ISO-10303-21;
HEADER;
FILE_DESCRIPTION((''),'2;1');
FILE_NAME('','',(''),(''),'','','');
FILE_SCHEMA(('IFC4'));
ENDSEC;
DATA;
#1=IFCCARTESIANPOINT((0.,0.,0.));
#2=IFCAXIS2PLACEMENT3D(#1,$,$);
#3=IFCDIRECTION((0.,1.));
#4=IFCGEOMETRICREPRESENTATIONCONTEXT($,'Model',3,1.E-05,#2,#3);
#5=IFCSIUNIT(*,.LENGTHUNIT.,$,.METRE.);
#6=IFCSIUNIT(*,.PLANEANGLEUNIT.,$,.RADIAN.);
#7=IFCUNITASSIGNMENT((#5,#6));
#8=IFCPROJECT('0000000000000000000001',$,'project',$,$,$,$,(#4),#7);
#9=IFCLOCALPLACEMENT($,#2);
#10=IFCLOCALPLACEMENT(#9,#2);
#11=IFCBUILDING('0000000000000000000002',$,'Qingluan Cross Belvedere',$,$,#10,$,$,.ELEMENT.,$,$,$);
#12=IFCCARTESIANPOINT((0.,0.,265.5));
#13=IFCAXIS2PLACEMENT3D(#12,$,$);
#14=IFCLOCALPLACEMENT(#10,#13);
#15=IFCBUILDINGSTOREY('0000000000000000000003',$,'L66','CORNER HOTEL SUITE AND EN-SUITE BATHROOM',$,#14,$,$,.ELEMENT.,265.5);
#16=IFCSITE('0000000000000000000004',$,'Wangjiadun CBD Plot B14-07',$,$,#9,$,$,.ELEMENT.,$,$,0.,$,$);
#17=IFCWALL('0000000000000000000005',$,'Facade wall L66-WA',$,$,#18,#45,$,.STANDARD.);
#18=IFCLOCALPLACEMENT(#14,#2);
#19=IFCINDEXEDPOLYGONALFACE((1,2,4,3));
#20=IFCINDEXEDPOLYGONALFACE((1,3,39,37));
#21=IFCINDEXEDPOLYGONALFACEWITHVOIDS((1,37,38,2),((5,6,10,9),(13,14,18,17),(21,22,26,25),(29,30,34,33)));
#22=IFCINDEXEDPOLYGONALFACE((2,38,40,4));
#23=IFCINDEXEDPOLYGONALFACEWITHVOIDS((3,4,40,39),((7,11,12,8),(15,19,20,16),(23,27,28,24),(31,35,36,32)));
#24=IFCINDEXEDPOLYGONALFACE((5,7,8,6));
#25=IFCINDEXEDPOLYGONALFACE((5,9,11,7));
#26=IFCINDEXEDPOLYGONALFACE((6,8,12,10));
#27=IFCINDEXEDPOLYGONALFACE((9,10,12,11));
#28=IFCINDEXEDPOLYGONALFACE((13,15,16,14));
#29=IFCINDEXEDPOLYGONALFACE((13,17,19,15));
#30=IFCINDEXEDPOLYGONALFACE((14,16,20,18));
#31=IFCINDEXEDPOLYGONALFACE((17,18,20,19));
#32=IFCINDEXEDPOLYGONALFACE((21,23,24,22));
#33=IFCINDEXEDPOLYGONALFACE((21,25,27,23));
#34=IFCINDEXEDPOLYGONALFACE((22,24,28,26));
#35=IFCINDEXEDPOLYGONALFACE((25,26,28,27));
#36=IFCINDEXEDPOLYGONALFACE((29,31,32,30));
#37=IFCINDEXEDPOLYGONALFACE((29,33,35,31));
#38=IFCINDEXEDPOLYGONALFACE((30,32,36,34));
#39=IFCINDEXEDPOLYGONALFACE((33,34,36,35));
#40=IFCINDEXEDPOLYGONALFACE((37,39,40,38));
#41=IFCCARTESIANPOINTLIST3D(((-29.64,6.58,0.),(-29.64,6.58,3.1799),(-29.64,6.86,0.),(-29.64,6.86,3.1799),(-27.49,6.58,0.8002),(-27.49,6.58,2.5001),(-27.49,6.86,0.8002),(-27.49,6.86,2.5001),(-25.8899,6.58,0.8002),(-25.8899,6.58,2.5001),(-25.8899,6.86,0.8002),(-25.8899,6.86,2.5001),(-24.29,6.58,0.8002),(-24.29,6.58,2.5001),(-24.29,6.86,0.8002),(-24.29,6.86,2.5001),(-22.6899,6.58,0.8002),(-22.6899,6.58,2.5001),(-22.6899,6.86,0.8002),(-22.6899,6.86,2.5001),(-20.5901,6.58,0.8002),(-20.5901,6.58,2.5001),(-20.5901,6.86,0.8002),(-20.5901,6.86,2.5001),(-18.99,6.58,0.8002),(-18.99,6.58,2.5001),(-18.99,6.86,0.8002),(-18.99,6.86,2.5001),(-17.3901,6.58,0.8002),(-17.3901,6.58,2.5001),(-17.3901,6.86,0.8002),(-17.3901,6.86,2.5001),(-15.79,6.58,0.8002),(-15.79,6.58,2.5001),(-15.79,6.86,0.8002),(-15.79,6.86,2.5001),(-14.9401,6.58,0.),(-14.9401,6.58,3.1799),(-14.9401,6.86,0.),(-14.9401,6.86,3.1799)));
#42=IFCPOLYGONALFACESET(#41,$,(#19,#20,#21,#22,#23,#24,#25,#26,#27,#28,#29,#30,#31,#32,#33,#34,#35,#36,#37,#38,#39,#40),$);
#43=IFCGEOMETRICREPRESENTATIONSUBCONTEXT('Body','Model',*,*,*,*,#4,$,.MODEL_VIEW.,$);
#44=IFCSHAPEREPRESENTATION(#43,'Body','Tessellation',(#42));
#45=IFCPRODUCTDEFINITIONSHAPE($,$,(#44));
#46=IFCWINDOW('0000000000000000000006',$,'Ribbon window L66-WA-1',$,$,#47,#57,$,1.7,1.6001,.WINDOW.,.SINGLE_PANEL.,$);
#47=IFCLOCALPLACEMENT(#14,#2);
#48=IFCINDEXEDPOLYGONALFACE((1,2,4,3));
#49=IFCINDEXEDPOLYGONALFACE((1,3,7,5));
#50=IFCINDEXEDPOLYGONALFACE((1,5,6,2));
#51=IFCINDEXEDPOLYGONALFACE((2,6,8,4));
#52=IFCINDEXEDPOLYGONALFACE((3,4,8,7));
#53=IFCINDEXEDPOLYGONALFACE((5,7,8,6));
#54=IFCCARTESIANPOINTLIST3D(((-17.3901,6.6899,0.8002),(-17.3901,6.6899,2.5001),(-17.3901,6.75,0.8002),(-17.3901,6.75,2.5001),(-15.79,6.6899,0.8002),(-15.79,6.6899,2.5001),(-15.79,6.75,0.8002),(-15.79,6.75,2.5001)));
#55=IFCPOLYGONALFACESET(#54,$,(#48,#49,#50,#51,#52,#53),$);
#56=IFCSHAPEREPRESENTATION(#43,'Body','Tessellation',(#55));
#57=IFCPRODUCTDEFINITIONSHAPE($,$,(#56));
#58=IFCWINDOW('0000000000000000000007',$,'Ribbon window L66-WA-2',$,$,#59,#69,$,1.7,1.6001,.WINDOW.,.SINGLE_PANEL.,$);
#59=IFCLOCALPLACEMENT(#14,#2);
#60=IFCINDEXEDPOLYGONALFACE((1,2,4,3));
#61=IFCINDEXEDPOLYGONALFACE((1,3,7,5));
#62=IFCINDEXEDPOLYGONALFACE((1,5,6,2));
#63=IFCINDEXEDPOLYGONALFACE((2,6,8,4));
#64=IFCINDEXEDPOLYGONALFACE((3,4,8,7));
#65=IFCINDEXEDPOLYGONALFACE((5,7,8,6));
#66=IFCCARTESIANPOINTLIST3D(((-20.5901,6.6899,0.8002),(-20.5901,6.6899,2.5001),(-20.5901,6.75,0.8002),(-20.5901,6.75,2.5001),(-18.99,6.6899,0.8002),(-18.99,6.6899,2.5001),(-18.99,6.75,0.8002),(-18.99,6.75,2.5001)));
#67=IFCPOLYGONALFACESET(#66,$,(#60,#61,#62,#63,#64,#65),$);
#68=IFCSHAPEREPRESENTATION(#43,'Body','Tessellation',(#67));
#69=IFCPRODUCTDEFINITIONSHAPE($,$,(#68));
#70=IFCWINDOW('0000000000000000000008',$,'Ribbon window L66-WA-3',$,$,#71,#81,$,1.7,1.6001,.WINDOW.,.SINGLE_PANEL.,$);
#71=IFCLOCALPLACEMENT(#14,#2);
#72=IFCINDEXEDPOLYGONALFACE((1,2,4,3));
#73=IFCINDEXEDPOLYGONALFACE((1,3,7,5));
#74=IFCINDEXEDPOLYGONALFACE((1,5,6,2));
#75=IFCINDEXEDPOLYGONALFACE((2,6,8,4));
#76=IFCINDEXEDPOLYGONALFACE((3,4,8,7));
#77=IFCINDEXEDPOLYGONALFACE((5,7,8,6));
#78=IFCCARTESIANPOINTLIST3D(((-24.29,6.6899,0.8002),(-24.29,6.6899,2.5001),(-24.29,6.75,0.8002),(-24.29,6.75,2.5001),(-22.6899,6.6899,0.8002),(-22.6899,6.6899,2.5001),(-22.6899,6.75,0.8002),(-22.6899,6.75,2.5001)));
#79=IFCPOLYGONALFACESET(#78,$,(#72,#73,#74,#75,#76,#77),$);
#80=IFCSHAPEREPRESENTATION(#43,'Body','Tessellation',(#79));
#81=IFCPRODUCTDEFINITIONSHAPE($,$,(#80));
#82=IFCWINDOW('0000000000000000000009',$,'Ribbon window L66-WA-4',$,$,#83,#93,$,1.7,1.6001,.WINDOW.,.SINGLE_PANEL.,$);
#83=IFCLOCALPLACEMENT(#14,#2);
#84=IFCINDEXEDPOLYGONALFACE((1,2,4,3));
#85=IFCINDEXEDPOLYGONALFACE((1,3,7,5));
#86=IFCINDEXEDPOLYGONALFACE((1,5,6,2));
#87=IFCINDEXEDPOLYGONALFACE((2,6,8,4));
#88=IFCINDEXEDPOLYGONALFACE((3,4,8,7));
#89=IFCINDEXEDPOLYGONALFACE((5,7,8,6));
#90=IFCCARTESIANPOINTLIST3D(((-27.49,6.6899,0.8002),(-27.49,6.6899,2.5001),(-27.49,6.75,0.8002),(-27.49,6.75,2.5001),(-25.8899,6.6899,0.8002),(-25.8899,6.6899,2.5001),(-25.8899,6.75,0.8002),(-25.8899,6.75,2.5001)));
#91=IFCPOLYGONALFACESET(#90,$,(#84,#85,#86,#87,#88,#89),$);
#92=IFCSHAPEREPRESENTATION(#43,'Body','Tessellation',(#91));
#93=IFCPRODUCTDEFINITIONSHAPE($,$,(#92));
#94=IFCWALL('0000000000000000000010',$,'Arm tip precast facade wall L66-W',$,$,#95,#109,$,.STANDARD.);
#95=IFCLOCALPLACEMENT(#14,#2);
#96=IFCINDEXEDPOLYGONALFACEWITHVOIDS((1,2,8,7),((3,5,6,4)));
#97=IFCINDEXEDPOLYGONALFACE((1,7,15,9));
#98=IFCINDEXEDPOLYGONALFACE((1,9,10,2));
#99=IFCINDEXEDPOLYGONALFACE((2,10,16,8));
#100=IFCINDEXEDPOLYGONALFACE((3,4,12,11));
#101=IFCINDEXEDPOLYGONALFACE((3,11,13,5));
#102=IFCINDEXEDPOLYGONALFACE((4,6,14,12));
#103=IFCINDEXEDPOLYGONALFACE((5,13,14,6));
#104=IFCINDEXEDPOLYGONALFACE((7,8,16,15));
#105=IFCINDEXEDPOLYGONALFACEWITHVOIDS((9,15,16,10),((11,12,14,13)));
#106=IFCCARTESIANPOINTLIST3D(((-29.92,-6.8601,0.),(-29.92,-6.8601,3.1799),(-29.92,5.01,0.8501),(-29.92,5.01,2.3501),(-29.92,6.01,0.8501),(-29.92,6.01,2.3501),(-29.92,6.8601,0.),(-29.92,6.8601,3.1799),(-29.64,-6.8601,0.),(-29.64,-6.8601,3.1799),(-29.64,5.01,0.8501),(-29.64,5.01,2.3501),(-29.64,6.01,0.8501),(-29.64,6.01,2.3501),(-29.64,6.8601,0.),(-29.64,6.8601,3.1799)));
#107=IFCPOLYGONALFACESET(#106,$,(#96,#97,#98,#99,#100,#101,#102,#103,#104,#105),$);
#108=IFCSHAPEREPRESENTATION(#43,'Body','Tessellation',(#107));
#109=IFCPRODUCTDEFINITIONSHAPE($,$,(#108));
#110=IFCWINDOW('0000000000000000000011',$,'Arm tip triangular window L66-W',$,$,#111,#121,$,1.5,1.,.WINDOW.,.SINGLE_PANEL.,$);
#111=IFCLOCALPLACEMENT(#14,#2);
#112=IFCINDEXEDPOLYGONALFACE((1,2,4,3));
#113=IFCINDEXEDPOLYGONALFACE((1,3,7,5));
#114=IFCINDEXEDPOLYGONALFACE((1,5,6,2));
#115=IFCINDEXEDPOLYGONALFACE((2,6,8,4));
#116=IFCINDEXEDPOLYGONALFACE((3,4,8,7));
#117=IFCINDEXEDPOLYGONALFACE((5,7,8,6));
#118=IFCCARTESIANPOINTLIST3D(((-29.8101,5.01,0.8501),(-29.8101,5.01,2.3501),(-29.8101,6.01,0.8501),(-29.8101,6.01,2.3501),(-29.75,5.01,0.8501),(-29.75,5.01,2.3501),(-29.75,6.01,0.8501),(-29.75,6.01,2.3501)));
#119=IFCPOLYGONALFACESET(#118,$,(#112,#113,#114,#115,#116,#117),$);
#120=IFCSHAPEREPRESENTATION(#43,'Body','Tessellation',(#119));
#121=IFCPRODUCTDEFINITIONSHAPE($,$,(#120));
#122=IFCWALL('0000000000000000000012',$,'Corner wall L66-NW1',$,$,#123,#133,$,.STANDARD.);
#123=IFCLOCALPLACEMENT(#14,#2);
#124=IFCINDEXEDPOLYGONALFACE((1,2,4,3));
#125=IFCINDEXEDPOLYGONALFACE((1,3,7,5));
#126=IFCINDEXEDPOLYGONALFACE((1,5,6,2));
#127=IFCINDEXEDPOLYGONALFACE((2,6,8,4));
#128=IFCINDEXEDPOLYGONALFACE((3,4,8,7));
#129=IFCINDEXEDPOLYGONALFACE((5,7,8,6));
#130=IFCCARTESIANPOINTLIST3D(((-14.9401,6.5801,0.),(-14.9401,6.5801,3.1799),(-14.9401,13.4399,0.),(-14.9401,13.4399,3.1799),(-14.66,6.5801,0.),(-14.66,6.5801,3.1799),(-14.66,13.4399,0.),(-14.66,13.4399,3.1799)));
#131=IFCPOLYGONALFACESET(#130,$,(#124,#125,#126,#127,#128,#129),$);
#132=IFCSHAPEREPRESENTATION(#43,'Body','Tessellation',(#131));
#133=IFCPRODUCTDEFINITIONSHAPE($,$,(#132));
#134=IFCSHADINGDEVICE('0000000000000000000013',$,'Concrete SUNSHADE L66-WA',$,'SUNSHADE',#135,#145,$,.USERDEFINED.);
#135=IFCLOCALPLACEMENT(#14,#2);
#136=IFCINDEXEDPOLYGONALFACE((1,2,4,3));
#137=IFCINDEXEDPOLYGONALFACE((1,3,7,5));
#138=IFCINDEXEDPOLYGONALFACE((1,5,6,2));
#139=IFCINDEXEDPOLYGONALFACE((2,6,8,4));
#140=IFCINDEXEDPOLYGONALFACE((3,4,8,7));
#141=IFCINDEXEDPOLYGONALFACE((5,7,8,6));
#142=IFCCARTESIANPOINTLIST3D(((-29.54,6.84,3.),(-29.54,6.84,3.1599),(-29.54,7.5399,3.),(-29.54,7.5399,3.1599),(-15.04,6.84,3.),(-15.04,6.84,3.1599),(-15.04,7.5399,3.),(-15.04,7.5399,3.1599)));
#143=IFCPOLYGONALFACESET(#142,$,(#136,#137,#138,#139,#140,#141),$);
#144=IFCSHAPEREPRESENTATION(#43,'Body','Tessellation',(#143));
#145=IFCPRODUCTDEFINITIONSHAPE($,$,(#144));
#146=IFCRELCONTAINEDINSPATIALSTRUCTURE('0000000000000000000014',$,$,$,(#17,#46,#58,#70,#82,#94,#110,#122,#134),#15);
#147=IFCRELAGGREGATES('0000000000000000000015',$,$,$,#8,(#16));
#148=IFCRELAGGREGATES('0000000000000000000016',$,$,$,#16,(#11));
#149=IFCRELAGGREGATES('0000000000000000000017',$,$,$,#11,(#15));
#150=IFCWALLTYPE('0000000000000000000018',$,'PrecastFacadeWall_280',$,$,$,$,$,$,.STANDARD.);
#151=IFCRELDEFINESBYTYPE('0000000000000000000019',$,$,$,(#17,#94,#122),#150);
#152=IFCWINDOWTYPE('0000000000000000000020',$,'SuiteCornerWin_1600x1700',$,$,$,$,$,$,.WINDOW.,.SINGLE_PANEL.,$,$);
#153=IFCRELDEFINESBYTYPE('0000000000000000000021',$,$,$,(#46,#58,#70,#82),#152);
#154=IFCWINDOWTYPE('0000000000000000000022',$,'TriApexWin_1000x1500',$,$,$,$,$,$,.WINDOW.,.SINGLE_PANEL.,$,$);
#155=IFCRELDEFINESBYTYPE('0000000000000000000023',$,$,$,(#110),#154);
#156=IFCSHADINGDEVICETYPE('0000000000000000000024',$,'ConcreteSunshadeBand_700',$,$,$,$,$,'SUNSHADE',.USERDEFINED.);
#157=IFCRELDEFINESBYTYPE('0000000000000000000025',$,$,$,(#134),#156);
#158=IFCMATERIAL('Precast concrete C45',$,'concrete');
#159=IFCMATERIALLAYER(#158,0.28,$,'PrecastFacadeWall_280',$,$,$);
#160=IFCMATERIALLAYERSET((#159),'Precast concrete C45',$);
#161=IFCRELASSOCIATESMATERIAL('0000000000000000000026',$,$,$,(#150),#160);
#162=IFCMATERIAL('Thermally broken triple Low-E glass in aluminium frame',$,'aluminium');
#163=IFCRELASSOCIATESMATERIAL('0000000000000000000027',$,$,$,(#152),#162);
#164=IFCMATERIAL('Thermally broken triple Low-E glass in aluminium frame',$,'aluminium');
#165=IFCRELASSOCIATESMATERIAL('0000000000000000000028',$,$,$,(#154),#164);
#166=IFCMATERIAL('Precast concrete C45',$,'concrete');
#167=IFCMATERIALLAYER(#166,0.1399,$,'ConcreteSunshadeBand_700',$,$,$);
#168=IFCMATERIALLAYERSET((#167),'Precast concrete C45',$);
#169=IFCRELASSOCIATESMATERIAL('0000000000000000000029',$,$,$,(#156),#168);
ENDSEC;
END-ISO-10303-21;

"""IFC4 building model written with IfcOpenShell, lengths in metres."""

from ifc_helpers import new_model, si_unit, direction, frame, frame_2d, origin, origin_2d, place, context, subcontext, project, spatial, rectangle, extrude, material, layer, layer_set, type_object, element, fill, save


model = new_model("IFC4")

# Units and contexts
model_context = context("Model", 3, precision=1e-05, world=origin(), true_north=direction((0.0, 1.0)))
body_context = subcontext(model_context, "Body", "Model", "MODEL_VIEW")
ifc_project = project(units=[si_unit("LENGTHUNIT", "METRE"), si_unit("PLANEANGLEUNIT", "RADIAN")], contexts=[model_context])

# Site, building, storey
site_placement = place(None, origin())
site = spatial("IfcSite", under=ifc_project, at=site_placement, Name="Wangjiadun CBD Plot B14-07", CompositionType="ELEMENT", RefElevation=0.0)
building_placement = place(site_placement, origin())
building = spatial("IfcBuilding", under=site, at=building_placement, Name="Qingluan Cross Belvedere", CompositionType="ELEMENT")
storey_placement = place(building_placement, frame((0.0, 0.0, 265.5)))
storey = spatial("IfcBuildingStorey", under=building, at=storey_placement, Name="L66", Description="CORNER HOTEL SUITE AND EN-SUITE BATHROOM", CompositionType="ELEMENT", Elevation=265.5)

# Wall, openings, windows
ifc_material_1 = material(Name="Precast concrete C45", Category="concrete")
ifc_layer_1 = layer(ifc_material_1, 0.28, Name="PrecastFacadeWall_280")
ifc_layer_set_1 = layer_set([ifc_layer_1], Name="Precast concrete C45")
wall_type_1 = type_object("IfcWallType", Name="PrecastFacadeWall_280", PredefinedType="STANDARD", material=ifc_layer_set_1)
wall_1_placement = place(storey_placement, frame((-14.9399, 6.72, 0.0), z_axis=(0.0, 0.0, 1.0), x_axis=(-1.0, 0.0, 0.0)))
wall_1 = element("IfcWall", 1, at=wall_1_placement, inside=storey, type_object=wall_type_1, Name="Facade wall L66-WA", PredefinedType="STANDARD", context=body_context, shape_type="SweptSolid", body=[
    extrude(rectangle(XDim=14.7, YDim=0.28, at=frame_2d((7.3501, 0.0))), origin(), (0.0, 0.0, 1.0), 3.1799),
])
opening_1_placement = place(wall_1_placement, frame((0.8501, 0.0, 0.8)))
opening_1 = element("IfcOpeningElement", 2, at=opening_1_placement, cuts=wall_1, PredefinedType="OPENING", context=body_context, shape_type="SweptSolid", body=[
    extrude(rectangle(XDim=1.6001, YDim=1.7, at=frame_2d((0.8, 0.8501))), frame((0.0, 0.1499, 0.0), z_axis=(0.0, -1.0, 0.0), x_axis=(1.0, 0.0, 0.0)), (0.0, 0.0, 1.0), 0.3),
])
opening_2_placement = place(wall_1_placement, frame((4.05, 0.0, 0.8)))
opening_2 = element("IfcOpeningElement", 3, at=opening_2_placement, cuts=wall_1, PredefinedType="OPENING", context=body_context, shape_type="SweptSolid", body=[
    extrude(rectangle(XDim=1.6001, YDim=1.7, at=frame_2d((0.8, 0.8501))), frame((0.0, 0.1499, 0.0), z_axis=(0.0, -1.0, 0.0), x_axis=(1.0, 0.0, 0.0)), (0.0, 0.0, 1.0), 0.3),
])
opening_3_placement = place(wall_1_placement, frame((7.75, 0.0, 0.8)))
opening_3 = element("IfcOpeningElement", 4, at=opening_3_placement, cuts=wall_1, PredefinedType="OPENING", context=body_context, shape_type="SweptSolid", body=[
    extrude(rectangle(XDim=1.6001, YDim=1.7, at=frame_2d((0.8, 0.8501))), frame((0.0, 0.1499, 0.0), z_axis=(0.0, -1.0, 0.0), x_axis=(1.0, 0.0, 0.0)), (0.0, 0.0, 1.0), 0.3),
])
opening_4_placement = place(wall_1_placement, frame((10.95, 0.0, 0.8)))
opening_4 = element("IfcOpeningElement", 5, at=opening_4_placement, cuts=wall_1, PredefinedType="OPENING", context=body_context, shape_type="SweptSolid", body=[
    extrude(rectangle(XDim=1.6001, YDim=1.7, at=frame_2d((0.8, 0.8501))), frame((0.0, 0.1499, 0.0), z_axis=(0.0, -1.0, 0.0), x_axis=(1.0, 0.0, 0.0)), (0.0, 0.0, 1.0), 0.3),
])
ifc_material_2 = material(Name="Thermally broken triple Low-E glass in aluminium frame", Category="aluminium")
window_type_1 = type_object("IfcWindowType", Name="SuiteCornerWin_1600x1700", PartitioningType="SINGLE_PANEL", PredefinedType="WINDOW", material=ifc_material_2)
window_1_placement = place(opening_1_placement, origin())
window_1 = element("IfcWindow", 6, at=window_1_placement, inside=storey, type_object=window_type_1, Name="Ribbon window L66-WA-1", OverallHeight=1.7, OverallWidth=1.6001, PartitioningType="SINGLE_PANEL", PredefinedType="WINDOW", context=body_context, shape_type="SweptSolid", body=[
    extrude(rectangle(XDim=1.6001, YDim=1.7, at=frame_2d((0.8, 0.8501))), frame((0.0, 0.03, 0.0), z_axis=(0.0, -1.0, 0.0), x_axis=(1.0, 0.0, 0.0)), (0.0, 0.0, 1.0), 0.0601),
])
fill(opening_1, window_1)
window_2_placement = place(opening_2_placement, origin())
window_2 = element("IfcWindow", 7, at=window_2_placement, inside=storey, type_object=window_type_1, Name="Ribbon window L66-WA-2", OverallHeight=1.7, OverallWidth=1.6001, PartitioningType="SINGLE_PANEL", PredefinedType="WINDOW", context=body_context, shape_type="SweptSolid", body=[
    extrude(rectangle(XDim=1.6001, YDim=1.7, at=frame_2d((0.8, 0.8501))), frame((0.0, 0.03, 0.0), z_axis=(0.0, -1.0, 0.0), x_axis=(1.0, 0.0, 0.0)), (0.0, 0.0, 1.0), 0.0601),
])
fill(opening_2, window_2)
window_3_placement = place(opening_3_placement, origin())
window_3 = element("IfcWindow", 8, at=window_3_placement, inside=storey, type_object=window_type_1, Name="Ribbon window L66-WA-3", OverallHeight=1.7, OverallWidth=1.6001, PartitioningType="SINGLE_PANEL", PredefinedType="WINDOW", context=body_context, shape_type="SweptSolid", body=[
    extrude(rectangle(XDim=1.6001, YDim=1.7, at=frame_2d((0.8, 0.8501))), frame((0.0, 0.03, 0.0), z_axis=(0.0, -1.0, 0.0), x_axis=(1.0, 0.0, 0.0)), (0.0, 0.0, 1.0), 0.0601),
])
fill(opening_3, window_3)
window_4_placement = place(opening_4_placement, origin())
window_4 = element("IfcWindow", 9, at=window_4_placement, inside=storey, type_object=window_type_1, Name="Ribbon window L66-WA-4", OverallHeight=1.7, OverallWidth=1.6001, PartitioningType="SINGLE_PANEL", PredefinedType="WINDOW", context=body_context, shape_type="SweptSolid", body=[
    extrude(rectangle(XDim=1.6001, YDim=1.7, at=frame_2d((0.8, 0.8501))), frame((0.0, 0.03, 0.0), z_axis=(0.0, -1.0, 0.0), x_axis=(1.0, 0.0, 0.0)), (0.0, 0.0, 1.0), 0.0601),
])
fill(opening_4, window_4)

# Wall, opening, window
wall_2_placement = place(storey_placement, frame((-29.78, 6.8601, 0.0), z_axis=(0.0, 0.0, 1.0), x_axis=(0.0, -1.0, 0.0)))
wall_2 = element("IfcWall", 10, at=wall_2_placement, inside=storey, type_object=wall_type_1, Name="Arm tip precast facade wall L66-W", PredefinedType="STANDARD", context=body_context, shape_type="SweptSolid", body=[
    extrude(rectangle(XDim=13.7202, YDim=0.28, at=frame_2d((6.8601, 0.0))), origin(), (0.0, 0.0, 1.0), 3.1799),
])
opening_5_placement = place(wall_2_placement, frame((0.8501, 0.0, 0.8501)))
opening_5 = element("IfcOpeningElement", 11, at=opening_5_placement, cuts=wall_2, PredefinedType="OPENING", context=body_context, shape_type="SweptSolid", body=[
    extrude(rectangle(XDim=1.0, YDim=1.5, at=frame_2d((0.5, 0.75))), frame((0.0, 0.1499, 0.0), z_axis=(0.0, -1.0, 0.0), x_axis=(1.0, 0.0, 0.0)), (0.0, 0.0, 1.0), 0.3),
])
ifc_material_3 = material(Name="Thermally broken triple Low-E glass in aluminium frame", Category="aluminium")
window_type_2 = type_object("IfcWindowType", Name="TriApexWin_1000x1500", PartitioningType="SINGLE_PANEL", PredefinedType="WINDOW", material=ifc_material_3)
window_5_placement = place(opening_5_placement, origin())
window_5 = element("IfcWindow", 12, at=window_5_placement, inside=storey, type_object=window_type_2, Name="Arm tip triangular window L66-W", OverallHeight=1.5, OverallWidth=1.0, PartitioningType="SINGLE_PANEL", PredefinedType="WINDOW", context=body_context, shape_type="SweptSolid", body=[
    extrude(rectangle(XDim=1.0, YDim=1.5, at=frame_2d((0.5, 0.75))), frame((0.0, 0.03, 0.0), z_axis=(0.0, -1.0, 0.0), x_axis=(1.0, 0.0, 0.0)), (0.0, 0.0, 1.0), 0.0601),
])
fill(opening_5, window_5)

# Wall
wall_3_placement = place(storey_placement, frame((-14.8, 6.5801, 0.0), z_axis=(0.0, 0.0, 1.0), x_axis=(0.0, 1.0, 0.0)))
element("IfcWall", 13, at=wall_3_placement, inside=storey, type_object=wall_type_1, Name="Corner wall L66-NW1", PredefinedType="STANDARD", context=body_context, shape_type="SweptSolid", body=[
    extrude(rectangle(XDim=6.8599, YDim=0.28, at=frame_2d((3.4299, 0.0))), origin(), (0.0, 0.0, 1.0), 3.1799),
])

# Shading device
ifc_material_4 = material(Name="Precast concrete C45", Category="concrete")
ifc_layer_2 = layer(ifc_material_4, 0.1399, Name="ConcreteSunshadeBand_700")
ifc_layer_set_2 = layer_set([ifc_layer_2], Name="Precast concrete C45")
shading_device_type = type_object("IfcShadingDeviceType", Name="ConcreteSunshadeBand_700", ElementType="SUNSHADE", PredefinedType="USERDEFINED", material=ifc_layer_set_2)
shading_device_placement = place(storey_placement, frame((-22.29, 7.1899, 3.0), z_axis=(0.0, 0.0, 1.0), x_axis=(-1.0, 0.0, 0.0)))
element("IfcShadingDevice", 14, at=shading_device_placement, inside=storey, type_object=shading_device_type, Name="Concrete SUNSHADE L66-WA", ObjectType="SUNSHADE", PredefinedType="USERDEFINED", context=body_context, shape_type="SweptSolid", body=[
    extrude(rectangle(XDim=14.5, YDim=0.7, at=origin_2d()), origin(), (0.0, 0.0, 1.0), 0.1599),
])

save(model, "model.ifc")
